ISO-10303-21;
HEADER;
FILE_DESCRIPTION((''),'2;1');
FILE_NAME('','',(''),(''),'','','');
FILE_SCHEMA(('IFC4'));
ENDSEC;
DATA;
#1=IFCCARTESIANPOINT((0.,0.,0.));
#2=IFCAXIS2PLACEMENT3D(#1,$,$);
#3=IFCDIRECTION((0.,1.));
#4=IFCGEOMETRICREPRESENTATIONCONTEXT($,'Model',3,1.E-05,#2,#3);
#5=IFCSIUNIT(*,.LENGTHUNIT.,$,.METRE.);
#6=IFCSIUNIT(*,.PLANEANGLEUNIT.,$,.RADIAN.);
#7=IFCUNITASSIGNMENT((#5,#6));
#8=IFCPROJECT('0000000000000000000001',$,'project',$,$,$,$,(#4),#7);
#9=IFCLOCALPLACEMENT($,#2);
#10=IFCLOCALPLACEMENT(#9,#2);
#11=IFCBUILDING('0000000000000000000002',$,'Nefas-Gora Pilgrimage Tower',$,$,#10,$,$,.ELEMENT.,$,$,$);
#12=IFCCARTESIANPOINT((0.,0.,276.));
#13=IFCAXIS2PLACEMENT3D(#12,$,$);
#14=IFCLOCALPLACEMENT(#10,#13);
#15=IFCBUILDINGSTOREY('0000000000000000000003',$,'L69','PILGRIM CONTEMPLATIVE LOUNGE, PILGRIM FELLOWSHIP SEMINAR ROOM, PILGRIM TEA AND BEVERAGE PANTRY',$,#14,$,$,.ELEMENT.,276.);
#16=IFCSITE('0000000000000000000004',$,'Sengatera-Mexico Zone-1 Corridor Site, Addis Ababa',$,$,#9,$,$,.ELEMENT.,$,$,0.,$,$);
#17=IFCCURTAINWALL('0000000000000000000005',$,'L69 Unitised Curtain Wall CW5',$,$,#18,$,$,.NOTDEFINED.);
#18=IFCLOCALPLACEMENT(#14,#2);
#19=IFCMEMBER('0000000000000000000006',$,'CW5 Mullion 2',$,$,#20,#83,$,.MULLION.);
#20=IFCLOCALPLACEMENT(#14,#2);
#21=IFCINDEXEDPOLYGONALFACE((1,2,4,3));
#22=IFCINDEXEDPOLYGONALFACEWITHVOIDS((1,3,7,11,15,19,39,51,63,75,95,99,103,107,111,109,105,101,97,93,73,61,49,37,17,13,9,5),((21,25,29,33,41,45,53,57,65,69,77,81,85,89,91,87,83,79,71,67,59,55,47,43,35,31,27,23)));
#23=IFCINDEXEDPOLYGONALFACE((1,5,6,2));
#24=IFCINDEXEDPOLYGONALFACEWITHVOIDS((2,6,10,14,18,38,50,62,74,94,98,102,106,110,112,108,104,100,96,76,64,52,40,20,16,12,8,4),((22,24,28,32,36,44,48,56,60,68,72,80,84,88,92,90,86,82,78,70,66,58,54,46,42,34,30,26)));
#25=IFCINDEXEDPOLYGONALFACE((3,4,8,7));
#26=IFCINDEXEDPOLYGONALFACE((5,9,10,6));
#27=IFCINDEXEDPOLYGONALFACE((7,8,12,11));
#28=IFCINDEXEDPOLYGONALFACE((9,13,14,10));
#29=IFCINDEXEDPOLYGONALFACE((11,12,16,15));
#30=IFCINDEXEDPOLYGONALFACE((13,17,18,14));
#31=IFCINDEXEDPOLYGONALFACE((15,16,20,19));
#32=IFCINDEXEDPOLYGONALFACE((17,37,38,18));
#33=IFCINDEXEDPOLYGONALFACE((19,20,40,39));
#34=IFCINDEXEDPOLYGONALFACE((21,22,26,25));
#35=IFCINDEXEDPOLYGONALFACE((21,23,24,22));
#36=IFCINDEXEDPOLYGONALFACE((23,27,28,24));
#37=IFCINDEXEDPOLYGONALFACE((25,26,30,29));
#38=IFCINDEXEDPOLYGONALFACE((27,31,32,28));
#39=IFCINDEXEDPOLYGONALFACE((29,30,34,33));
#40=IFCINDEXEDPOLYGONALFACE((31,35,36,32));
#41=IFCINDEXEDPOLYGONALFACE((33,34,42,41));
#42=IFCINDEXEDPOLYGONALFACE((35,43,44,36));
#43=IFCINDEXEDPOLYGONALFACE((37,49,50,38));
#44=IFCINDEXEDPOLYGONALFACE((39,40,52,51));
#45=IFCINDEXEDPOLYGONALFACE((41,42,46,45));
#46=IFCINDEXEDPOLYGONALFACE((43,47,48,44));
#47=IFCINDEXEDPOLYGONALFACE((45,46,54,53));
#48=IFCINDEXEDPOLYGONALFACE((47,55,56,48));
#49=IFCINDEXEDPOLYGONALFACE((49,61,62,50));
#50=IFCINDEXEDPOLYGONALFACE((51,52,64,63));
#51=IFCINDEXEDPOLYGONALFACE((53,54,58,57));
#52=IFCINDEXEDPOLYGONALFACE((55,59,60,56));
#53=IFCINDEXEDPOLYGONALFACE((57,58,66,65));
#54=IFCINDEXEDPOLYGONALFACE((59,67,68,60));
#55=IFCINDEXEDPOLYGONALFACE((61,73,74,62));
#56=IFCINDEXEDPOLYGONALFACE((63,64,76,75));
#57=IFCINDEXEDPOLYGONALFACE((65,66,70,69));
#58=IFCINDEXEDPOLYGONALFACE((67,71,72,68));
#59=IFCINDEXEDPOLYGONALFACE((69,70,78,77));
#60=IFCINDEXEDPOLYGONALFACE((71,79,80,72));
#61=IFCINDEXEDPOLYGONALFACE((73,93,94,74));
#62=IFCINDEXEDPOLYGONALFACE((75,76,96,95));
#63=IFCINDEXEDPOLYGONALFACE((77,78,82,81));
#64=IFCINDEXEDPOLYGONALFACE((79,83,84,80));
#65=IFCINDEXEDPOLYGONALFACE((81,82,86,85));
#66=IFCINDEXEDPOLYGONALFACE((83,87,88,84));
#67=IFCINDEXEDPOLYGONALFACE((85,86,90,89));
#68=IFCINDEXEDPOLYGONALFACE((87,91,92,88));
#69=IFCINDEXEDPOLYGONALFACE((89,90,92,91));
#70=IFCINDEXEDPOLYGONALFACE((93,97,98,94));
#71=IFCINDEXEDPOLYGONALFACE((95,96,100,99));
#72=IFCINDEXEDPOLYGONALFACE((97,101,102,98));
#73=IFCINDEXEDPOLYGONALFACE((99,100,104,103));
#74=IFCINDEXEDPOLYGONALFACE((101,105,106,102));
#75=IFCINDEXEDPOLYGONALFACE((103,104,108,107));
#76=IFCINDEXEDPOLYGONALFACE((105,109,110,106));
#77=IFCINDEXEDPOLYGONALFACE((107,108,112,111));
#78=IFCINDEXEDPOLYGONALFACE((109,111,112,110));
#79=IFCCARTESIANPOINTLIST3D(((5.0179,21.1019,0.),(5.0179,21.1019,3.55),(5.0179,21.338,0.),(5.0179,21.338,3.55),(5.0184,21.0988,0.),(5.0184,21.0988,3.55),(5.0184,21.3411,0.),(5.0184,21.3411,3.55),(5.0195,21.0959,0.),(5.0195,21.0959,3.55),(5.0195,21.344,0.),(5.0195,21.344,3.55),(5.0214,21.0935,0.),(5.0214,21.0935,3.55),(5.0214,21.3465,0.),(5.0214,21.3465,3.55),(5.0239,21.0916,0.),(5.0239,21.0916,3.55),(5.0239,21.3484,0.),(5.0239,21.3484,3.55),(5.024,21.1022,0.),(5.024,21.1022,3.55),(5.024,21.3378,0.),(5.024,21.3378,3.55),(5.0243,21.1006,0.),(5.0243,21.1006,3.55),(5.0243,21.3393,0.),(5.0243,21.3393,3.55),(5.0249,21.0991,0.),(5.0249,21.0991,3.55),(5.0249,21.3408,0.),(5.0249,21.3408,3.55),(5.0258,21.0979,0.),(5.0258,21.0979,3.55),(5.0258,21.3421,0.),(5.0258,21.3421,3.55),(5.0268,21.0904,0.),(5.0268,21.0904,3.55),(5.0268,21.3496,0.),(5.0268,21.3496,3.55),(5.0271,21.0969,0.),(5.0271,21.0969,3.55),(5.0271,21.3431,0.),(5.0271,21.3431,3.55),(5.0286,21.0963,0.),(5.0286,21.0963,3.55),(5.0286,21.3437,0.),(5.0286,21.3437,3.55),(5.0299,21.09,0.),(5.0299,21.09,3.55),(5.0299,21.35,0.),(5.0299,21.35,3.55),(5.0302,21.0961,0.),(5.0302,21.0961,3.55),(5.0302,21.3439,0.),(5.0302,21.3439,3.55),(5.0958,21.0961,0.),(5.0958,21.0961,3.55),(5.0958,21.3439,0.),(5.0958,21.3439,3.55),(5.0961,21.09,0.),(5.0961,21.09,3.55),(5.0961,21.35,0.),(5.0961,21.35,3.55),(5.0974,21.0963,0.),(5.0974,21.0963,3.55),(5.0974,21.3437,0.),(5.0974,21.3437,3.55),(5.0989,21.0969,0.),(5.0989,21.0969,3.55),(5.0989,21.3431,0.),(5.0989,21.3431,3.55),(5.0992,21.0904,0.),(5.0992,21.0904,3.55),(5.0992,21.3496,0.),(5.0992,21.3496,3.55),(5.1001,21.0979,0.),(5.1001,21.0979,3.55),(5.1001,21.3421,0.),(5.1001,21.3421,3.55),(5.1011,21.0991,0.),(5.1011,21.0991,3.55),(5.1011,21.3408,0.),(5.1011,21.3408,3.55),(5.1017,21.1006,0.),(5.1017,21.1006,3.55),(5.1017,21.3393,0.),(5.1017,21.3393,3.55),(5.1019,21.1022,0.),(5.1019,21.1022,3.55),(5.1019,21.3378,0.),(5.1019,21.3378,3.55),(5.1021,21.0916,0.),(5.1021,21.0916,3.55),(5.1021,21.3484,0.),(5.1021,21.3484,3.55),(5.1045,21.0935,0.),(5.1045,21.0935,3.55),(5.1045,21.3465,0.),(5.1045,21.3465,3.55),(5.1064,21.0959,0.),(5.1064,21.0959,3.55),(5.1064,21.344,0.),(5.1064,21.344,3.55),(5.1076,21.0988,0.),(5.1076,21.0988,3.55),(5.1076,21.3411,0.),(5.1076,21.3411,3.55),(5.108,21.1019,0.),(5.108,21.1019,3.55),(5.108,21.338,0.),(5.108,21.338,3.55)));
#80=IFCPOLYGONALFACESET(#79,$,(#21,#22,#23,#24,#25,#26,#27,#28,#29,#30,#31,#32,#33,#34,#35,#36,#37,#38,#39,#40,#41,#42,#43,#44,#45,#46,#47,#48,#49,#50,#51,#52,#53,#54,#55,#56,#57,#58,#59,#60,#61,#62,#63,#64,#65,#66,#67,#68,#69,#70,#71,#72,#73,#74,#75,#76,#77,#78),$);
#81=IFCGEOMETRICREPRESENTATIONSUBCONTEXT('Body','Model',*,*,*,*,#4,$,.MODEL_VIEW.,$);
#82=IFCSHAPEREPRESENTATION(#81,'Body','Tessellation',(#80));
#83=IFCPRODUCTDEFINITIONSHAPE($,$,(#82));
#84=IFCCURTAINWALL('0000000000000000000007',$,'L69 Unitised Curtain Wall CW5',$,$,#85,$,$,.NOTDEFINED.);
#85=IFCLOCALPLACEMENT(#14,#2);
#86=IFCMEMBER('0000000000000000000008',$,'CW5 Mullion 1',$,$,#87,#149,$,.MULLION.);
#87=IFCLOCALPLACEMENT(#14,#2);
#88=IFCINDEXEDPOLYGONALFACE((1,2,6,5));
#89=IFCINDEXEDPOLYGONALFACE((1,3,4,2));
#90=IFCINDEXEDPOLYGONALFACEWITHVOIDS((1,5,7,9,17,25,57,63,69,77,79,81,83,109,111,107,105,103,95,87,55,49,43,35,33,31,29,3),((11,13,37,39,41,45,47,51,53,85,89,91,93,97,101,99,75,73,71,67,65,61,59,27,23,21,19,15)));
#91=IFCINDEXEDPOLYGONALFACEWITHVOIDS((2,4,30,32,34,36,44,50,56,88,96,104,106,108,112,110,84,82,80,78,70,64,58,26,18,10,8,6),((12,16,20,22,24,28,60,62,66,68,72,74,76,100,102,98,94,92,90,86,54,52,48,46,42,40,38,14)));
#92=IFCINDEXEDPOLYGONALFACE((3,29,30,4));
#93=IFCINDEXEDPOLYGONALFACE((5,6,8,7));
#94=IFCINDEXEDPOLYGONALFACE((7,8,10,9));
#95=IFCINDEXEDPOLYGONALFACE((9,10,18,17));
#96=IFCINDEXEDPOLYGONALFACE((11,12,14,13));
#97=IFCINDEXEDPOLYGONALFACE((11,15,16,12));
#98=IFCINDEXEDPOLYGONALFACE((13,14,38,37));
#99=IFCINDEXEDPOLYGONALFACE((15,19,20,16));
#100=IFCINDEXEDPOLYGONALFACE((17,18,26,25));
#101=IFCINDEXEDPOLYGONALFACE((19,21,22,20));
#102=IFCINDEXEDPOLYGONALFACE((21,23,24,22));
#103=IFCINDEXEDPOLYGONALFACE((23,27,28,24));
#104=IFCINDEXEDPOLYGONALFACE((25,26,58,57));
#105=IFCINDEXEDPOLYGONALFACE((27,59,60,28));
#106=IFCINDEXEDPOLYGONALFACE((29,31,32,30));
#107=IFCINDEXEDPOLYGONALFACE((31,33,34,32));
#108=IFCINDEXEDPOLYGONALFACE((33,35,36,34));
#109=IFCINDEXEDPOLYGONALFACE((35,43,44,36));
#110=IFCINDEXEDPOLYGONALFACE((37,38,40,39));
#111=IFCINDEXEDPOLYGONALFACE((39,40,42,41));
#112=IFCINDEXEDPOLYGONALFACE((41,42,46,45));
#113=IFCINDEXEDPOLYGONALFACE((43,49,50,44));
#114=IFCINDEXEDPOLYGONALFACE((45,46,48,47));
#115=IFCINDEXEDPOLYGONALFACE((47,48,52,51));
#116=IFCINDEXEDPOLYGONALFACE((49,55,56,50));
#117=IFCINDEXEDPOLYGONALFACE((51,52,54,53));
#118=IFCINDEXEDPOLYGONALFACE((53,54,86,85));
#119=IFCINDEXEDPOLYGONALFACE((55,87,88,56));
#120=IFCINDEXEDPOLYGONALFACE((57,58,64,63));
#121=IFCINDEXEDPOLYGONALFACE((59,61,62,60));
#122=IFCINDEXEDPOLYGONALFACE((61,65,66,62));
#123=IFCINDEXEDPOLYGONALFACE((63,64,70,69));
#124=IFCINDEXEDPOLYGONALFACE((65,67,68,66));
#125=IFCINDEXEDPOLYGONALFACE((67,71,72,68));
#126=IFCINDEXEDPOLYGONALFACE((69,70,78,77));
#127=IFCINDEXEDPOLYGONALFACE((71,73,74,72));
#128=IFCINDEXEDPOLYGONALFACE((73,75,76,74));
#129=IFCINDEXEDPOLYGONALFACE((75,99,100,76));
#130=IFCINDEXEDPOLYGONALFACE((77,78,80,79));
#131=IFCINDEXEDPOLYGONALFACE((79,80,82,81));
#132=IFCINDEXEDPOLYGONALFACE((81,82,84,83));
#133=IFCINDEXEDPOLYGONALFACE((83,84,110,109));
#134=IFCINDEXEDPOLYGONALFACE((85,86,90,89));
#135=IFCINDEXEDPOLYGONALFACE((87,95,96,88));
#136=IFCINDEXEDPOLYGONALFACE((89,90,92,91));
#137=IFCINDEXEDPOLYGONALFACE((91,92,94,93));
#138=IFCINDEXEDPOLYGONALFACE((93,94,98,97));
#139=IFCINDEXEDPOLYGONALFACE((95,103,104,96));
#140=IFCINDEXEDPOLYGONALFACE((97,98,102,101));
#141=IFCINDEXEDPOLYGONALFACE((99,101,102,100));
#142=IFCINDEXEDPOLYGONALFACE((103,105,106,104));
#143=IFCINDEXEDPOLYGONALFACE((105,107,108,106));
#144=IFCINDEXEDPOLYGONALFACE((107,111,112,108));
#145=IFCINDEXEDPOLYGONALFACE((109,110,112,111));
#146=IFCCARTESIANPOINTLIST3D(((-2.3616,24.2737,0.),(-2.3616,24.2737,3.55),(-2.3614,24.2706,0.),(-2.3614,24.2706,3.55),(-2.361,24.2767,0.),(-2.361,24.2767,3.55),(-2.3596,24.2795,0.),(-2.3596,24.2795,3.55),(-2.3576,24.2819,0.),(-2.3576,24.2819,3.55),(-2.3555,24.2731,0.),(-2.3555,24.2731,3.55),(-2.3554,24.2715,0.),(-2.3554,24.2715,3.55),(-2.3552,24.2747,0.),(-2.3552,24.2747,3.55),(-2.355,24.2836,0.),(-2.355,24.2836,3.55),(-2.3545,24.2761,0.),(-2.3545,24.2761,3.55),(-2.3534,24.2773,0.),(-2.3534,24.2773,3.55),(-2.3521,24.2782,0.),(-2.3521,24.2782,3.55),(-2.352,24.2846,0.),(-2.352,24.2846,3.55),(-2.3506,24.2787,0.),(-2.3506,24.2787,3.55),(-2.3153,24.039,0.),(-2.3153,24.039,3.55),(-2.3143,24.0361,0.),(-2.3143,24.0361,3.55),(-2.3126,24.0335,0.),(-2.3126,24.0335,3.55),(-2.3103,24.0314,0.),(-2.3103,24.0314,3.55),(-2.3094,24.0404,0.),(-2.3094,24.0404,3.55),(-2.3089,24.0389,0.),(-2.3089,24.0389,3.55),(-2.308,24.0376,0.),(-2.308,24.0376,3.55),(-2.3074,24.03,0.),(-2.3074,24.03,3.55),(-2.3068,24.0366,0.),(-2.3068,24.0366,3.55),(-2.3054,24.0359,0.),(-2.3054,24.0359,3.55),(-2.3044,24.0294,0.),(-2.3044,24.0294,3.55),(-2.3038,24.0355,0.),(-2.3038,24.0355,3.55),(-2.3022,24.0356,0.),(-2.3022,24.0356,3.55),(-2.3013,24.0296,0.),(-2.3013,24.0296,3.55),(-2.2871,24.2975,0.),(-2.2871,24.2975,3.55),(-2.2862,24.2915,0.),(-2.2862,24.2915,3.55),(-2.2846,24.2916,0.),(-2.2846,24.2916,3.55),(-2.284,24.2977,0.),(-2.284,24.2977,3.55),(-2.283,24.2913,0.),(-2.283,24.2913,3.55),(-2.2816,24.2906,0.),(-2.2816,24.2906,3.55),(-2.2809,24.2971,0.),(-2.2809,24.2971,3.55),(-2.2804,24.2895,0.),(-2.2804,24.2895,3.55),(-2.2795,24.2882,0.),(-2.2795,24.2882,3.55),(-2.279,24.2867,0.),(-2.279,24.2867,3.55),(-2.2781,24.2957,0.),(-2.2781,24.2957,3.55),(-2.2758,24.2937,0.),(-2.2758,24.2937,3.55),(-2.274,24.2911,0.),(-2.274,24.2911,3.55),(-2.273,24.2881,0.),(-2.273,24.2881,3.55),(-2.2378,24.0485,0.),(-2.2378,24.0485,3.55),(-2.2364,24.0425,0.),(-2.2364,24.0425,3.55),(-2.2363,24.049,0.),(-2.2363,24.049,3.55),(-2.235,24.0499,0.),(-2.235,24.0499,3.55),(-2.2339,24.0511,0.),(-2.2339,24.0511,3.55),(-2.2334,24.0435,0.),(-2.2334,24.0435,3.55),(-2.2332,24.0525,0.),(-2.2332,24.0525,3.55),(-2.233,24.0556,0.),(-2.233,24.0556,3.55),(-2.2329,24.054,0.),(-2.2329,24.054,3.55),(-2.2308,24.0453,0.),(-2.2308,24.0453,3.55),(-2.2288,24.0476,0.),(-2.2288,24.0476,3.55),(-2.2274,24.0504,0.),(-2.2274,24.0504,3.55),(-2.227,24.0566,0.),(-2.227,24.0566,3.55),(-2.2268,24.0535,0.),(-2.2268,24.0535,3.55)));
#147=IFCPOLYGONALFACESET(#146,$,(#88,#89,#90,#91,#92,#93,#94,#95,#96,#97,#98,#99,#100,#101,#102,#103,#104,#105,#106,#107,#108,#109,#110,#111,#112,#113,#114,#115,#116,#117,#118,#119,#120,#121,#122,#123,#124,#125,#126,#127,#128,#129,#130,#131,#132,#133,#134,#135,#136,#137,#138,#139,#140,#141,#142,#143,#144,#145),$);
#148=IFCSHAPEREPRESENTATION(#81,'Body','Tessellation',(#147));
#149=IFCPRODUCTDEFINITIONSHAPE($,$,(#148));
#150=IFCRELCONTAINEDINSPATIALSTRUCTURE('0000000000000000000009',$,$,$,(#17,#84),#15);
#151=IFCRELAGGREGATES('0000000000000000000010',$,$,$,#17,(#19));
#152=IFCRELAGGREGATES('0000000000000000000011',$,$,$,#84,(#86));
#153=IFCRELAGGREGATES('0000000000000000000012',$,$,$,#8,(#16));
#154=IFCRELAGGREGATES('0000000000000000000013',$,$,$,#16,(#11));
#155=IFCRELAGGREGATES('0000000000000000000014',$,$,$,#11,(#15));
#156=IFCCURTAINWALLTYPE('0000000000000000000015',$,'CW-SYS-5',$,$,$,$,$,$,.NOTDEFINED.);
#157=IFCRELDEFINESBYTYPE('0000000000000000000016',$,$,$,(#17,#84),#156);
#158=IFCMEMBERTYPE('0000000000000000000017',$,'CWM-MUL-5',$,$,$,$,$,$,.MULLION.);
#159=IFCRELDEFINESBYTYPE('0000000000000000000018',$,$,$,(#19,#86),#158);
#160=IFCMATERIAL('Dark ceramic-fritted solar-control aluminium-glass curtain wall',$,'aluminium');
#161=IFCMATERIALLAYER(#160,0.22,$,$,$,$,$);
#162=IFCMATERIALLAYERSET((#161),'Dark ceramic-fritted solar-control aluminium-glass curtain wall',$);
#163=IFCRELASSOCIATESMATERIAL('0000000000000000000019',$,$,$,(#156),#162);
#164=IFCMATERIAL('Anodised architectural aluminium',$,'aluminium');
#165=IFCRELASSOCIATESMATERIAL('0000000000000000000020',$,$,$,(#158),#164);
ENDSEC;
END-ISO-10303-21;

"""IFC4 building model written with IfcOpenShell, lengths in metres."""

from ifc_helpers import new_model, si_unit, direction, frame, origin, origin_2d, place, context, subcontext, project, spatial, hollow_rectangle, extrude, source, transform, mapped, material, layer, layer_set, material_profile, profile_set, type_object, element, aggregate, save


model = new_model("IFC4")

# Units and contexts
model_context = context("Model", 3, precision=1e-05, world=origin(), true_north=direction((0.0, 1.0)))
body_context = subcontext(model_context, "Body", "Model", "MODEL_VIEW")
ifc_project = project(units=[si_unit("LENGTHUNIT", "METRE"), si_unit("PLANEANGLEUNIT", "RADIAN")], contexts=[model_context])

# Site, building, storey
site_placement = place(None, origin())
site = spatial("IfcSite", under=ifc_project, at=site_placement, Name="Sengatera-Mexico Zone-1 Corridor Site, Addis Ababa", CompositionType="ELEMENT", RefElevation=0.0)
building_placement = place(site_placement, origin())
building = spatial("IfcBuilding", under=site, at=building_placement, Name="Nefas-Gora Pilgrimage Tower", CompositionType="ELEMENT")
storey_placement = place(building_placement, frame((0.0, 0.0, 276.0)))
storey = spatial("IfcBuildingStorey", under=building, at=storey_placement, Name="L69", Description="PILGRIM CONTEMPLATIVE LOUNGE, PILGRIM FELLOWSHIP SEMINAR ROOM, PILGRIM TEA AND BEVERAGE PANTRY", CompositionType="ELEMENT", Elevation=276.0)

# Curtain wall, member
ifc_material_1 = material(Name="Dark ceramic-fritted solar-control aluminium-glass curtain wall", Category="aluminium")
ifc_layer_1 = layer(ifc_material_1, 0.22)
ifc_layer_set_1 = layer_set([ifc_layer_1], Name="Dark ceramic-fritted solar-control aluminium-glass curtain wall")
curtain_wall_type = type_object("IfcCurtainWallType", Name="CW-SYS-5", PredefinedType="NOTDEFINED", material=ifc_layer_set_1)
curtain_wall_1_placement = place(storey_placement, origin())
curtain_wall_1 = element("IfcCurtainWall", 1, at=curtain_wall_1_placement, inside=storey, type_object=curtain_wall_type, Name="L69 Unitised Curtain Wall CW5", PredefinedType="NOTDEFINED")
ifc_material_2 = material(Name="Anodised architectural aluminium", Category="aluminium")
ifc_material_profile_1 = material_profile(ifc_material_2, hollow_rectangle(XDim=0.0901, YDim=0.26, WallThickness=0.0061, InnerFilletRadius=0.0061, OuterFilletRadius=0.012, at=origin_2d()), Name="ALU MULLION 90x260")
ifc_profile_set_1 = profile_set([ifc_material_profile_1], Name="Anodised architectural aluminium")
member_type_1 = type_object("IfcMemberType", Name="CWM-MUL-5", PredefinedType="MULLION", material=ifc_profile_set_1)
shared_shape_1 = source(origin(), body_context, "Body", "SweptSolid", [
    extrude(hollow_rectangle(XDim=0.0901, YDim=0.26, WallThickness=0.0061, InnerFilletRadius=0.0061, OuterFilletRadius=0.012, at=origin_2d()), origin(), (0.0, 0.0, 1.0), 3.55),
])
member_1_placement = place(storey_placement, frame((5.063, 21.22, 0.0), z_axis=(0.0, 0.0, 1.0), x_axis=(-1.0, 0.0, 0.0)))
member_1 = element("IfcMember", 2, at=member_1_placement, type_object=member_type_1, Name="CW5 Mullion 2", PredefinedType="MULLION", context=body_context, shape_type="MappedRepresentation", body=[
    mapped(shared_shape_1, transform((0.0, 0.0, 0.0), x_axis=(1.0, 0.0, 0.0), y_axis=(0.0, 1.0, 0.0), z_axis=(0.0, 0.0, 1.0), scale=1.0)),
])
aggregate(curtain_wall_1, [member_1])

# Curtain wall, member
curtain_wall_2_placement = place(storey_placement, origin())
curtain_wall_2 = element("IfcCurtainWall", 3, at=curtain_wall_2_placement, inside=storey, type_object=curtain_wall_type, Name="L69 Unitised Curtain Wall CW5", PredefinedType="NOTDEFINED")
member_2_placement = place(storey_placement, frame((-2.2942, 24.1636, 0.0), z_axis=(0.0, 0.0, 1.0), x_axis=(-0.980783, -0.195102, 0.0)))
member_2 = element("IfcMember", 4, at=member_2_placement, type_object=member_type_1, Name="CW5 Mullion 1", PredefinedType="MULLION", context=body_context, shape_type="MappedRepresentation", body=[
    mapped(shared_shape_1, transform((0.0, 0.0, 0.0), x_axis=(1.0, 0.0, 0.0), y_axis=(0.0, 1.0, 0.0), z_axis=(0.0, 0.0, 1.0), scale=1.0)),
])
aggregate(curtain_wall_2, [member_2])

save(model, "model.ifc")
